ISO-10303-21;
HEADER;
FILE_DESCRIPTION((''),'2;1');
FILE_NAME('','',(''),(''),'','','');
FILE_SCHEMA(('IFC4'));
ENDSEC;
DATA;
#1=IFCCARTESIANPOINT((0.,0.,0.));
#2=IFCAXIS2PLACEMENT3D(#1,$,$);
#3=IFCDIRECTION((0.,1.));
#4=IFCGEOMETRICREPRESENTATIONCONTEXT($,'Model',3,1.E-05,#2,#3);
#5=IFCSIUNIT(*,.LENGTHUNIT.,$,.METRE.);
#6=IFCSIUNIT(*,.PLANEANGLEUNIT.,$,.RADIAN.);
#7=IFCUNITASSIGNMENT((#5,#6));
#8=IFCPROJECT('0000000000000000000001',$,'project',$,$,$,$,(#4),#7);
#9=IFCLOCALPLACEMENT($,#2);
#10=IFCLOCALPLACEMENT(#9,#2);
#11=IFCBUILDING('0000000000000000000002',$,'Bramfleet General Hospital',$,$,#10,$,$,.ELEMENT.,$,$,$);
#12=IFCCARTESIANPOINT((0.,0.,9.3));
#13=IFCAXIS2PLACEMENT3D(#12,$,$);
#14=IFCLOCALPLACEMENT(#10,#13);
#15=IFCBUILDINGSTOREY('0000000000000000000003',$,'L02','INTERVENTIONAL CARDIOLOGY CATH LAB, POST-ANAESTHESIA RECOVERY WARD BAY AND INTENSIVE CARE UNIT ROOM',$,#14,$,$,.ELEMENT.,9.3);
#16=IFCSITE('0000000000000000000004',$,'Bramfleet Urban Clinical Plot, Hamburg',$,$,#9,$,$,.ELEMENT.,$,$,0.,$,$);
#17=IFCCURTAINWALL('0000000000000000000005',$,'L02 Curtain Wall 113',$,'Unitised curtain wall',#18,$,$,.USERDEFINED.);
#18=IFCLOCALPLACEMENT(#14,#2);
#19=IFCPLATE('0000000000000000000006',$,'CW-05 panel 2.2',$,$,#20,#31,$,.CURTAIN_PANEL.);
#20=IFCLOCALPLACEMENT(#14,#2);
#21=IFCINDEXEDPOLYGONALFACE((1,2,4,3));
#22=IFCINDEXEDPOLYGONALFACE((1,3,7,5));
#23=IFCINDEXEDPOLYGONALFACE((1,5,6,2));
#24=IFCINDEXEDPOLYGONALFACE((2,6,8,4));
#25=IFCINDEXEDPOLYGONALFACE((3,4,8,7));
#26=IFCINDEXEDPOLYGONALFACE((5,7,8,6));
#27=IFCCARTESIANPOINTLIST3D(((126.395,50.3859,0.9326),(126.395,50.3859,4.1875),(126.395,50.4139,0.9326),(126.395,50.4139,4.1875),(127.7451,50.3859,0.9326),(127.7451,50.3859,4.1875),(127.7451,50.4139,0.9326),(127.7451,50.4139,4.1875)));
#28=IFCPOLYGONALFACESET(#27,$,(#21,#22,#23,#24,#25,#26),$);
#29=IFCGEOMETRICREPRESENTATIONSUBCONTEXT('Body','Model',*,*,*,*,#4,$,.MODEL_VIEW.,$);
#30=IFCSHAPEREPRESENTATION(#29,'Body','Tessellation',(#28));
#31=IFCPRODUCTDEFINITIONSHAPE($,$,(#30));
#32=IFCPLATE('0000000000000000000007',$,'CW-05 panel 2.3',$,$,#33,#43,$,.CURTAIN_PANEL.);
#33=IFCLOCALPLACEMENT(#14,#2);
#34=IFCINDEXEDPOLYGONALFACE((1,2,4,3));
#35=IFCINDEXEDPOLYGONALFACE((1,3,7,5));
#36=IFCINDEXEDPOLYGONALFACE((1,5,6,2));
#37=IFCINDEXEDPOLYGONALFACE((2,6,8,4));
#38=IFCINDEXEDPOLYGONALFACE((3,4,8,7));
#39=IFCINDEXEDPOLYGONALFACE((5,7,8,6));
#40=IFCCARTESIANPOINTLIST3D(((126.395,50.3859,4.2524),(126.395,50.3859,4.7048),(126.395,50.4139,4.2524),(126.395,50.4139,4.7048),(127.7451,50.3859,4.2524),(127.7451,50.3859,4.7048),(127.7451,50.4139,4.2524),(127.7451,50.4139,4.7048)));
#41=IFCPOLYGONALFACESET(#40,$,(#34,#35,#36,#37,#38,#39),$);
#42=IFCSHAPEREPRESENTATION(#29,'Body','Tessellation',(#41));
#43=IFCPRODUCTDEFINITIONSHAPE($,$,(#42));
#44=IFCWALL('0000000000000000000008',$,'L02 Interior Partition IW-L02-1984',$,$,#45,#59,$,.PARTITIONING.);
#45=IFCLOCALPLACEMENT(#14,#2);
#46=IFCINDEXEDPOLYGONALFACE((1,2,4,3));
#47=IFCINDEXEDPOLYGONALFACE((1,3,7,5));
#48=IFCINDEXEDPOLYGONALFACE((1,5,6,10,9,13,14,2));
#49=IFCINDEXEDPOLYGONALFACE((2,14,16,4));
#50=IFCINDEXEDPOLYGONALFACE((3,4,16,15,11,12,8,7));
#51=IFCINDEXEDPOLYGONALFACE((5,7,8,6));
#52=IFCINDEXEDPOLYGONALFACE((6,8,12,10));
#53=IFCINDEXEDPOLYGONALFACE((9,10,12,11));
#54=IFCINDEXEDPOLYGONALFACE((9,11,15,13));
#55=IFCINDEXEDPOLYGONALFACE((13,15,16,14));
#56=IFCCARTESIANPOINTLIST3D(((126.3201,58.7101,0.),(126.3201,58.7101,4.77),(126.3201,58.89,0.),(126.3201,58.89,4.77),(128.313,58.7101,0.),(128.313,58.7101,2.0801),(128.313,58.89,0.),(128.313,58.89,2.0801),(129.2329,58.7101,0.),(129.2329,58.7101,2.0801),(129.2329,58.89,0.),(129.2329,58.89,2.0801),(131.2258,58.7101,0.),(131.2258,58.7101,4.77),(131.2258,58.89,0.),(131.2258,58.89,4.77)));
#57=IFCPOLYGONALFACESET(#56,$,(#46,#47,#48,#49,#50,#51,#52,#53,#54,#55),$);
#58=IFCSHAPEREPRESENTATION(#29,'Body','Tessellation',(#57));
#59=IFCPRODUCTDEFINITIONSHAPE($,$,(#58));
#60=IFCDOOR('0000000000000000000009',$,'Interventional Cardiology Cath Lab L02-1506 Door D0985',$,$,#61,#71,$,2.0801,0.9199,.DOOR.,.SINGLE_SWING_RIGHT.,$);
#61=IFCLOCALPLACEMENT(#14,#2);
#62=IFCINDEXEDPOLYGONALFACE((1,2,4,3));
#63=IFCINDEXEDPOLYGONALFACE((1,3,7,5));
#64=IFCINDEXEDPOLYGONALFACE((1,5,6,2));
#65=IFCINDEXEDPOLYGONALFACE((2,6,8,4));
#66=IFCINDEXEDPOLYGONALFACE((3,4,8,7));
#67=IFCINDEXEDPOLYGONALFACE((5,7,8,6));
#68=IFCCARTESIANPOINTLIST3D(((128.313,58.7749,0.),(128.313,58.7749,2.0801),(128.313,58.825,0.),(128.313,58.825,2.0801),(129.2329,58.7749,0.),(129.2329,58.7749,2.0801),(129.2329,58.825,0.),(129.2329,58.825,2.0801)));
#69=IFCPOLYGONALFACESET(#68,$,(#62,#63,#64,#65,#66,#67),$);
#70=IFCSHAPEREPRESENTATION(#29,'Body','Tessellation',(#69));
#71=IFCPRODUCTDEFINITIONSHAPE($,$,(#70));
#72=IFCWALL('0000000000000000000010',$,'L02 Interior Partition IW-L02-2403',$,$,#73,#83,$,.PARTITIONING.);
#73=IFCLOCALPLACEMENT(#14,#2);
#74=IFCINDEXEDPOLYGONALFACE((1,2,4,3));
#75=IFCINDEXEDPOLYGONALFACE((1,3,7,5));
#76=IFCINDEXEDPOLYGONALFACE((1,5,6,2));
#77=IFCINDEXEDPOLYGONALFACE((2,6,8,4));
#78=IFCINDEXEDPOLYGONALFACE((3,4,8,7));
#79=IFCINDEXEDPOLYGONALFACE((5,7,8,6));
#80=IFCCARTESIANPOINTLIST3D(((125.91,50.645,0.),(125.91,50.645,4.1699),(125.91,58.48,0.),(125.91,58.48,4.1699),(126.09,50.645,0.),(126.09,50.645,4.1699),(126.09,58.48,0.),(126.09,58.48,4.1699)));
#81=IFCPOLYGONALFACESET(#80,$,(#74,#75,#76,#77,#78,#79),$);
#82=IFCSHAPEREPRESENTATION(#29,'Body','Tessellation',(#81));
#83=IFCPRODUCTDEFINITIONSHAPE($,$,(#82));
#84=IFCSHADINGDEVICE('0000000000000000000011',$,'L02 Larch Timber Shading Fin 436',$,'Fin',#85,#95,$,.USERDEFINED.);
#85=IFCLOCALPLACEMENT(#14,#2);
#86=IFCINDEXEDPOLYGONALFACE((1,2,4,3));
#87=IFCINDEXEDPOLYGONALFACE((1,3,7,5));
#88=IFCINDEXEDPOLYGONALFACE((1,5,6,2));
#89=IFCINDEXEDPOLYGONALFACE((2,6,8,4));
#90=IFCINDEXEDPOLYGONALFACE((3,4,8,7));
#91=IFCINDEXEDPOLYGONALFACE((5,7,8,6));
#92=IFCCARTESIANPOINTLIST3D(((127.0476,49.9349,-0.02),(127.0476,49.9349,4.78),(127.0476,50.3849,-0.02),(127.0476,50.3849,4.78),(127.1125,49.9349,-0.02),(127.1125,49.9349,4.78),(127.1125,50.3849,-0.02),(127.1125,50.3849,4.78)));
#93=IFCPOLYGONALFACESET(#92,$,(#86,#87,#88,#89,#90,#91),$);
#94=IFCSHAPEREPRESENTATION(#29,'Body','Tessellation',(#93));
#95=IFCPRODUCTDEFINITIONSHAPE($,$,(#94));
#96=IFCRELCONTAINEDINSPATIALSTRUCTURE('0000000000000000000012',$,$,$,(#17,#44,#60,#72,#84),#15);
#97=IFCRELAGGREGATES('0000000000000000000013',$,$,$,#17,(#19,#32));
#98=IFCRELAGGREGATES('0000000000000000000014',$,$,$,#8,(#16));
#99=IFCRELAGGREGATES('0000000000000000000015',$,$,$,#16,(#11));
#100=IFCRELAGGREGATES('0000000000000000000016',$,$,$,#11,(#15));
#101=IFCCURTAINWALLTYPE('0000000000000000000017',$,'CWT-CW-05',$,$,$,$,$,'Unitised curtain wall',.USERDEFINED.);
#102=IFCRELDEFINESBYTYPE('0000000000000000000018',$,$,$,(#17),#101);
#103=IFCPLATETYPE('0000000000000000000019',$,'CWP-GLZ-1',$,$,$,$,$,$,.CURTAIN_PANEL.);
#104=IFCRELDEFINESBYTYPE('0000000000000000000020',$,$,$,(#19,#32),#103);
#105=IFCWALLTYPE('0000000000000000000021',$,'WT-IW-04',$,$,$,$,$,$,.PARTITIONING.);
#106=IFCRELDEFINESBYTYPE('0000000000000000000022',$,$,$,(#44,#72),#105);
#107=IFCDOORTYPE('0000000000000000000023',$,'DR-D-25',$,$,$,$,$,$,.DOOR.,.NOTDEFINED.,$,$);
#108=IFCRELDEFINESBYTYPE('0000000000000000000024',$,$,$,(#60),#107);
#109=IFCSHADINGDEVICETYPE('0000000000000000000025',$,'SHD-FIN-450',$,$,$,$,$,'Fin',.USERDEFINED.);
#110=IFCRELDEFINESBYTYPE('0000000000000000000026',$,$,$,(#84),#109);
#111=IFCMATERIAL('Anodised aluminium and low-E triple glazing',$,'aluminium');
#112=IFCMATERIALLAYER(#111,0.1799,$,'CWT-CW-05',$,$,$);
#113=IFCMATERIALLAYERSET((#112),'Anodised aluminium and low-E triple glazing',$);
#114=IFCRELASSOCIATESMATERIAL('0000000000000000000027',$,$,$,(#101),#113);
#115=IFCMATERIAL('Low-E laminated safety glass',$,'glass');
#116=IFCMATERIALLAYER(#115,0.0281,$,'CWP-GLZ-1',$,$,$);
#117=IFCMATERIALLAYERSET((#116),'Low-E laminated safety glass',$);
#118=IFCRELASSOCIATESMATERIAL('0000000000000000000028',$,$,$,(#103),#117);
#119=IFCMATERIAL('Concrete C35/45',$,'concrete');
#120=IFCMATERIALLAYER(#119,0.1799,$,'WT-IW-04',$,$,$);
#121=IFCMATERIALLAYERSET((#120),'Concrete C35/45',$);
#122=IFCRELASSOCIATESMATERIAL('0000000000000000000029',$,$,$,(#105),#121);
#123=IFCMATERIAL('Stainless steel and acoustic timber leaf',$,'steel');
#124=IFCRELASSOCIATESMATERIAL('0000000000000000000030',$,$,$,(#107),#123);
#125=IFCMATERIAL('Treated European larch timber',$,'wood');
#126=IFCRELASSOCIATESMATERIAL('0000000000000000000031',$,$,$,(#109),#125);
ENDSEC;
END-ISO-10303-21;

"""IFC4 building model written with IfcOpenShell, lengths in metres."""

from ifc_helpers import new_model, si_unit, direction, frame, frame_2d, origin, origin_2d, place, context, subcontext, project, spatial, rectangle, extrude, material, layer, layer_set, material_profile, profile_set, type_object, element, fill, aggregate, save


model = new_model("IFC4")

# Units and contexts
model_context = context("Model", 3, precision=1e-05, world=origin(), true_north=direction((0.0, 1.0)))
body_context = subcontext(model_context, "Body", "Model", "MODEL_VIEW")
ifc_project = project(units=[si_unit("LENGTHUNIT", "METRE"), si_unit("PLANEANGLEUNIT", "RADIAN")], contexts=[model_context])

# Site, building, storey
site_placement = place(None, origin())
site = spatial("IfcSite", under=ifc_project, at=site_placement, Name="Bramfleet Urban Clinical Plot, Hamburg", CompositionType="ELEMENT", RefElevation=0.0)
building_placement = place(site_placement, origin())
building = spatial("IfcBuilding", under=site, at=building_placement, Name="Bramfleet General Hospital", CompositionType="ELEMENT")
storey_placement = place(building_placement, frame((0.0, 0.0, 9.3)))
storey = spatial("IfcBuildingStorey", under=building, at=storey_placement, Name="L02", Description="INTERVENTIONAL CARDIOLOGY CATH LAB, POST-ANAESTHESIA RECOVERY WARD BAY AND INTENSIVE CARE UNIT ROOM", CompositionType="ELEMENT", Elevation=9.3)

# Shared definitions
ifc_material_1 = material(Name="Concrete C35/45", Category="concrete")

# Curtain wall
ifc_material_2 = material(Name="Anodised aluminium and low-E triple glazing", Category="aluminium")
ifc_layer_1 = layer(ifc_material_2, 0.1799, Name="CWT-CW-05")
ifc_layer_set_1 = layer_set([ifc_layer_1], Name="Anodised aluminium and low-E triple glazing")
curtain_wall_type_1 = type_object("IfcCurtainWallType", Name="CWT-CW-05", ElementType="Unitised curtain wall", PredefinedType="USERDEFINED", material=ifc_layer_set_1)
curtain_wall_1_placement = place(storey_placement, origin())
curtain_wall_1 = element("IfcCurtainWall", 1, at=curtain_wall_1_placement, inside=storey, type_object=curtain_wall_type_1, Name="L02 Curtain Wall 113", ObjectType="Unitised curtain wall", PredefinedType="USERDEFINED")

# Plates
ifc_material_3 = material(Name="Low-E laminated safety glass", Category="glass")
ifc_layer_2 = layer(ifc_material_3, 0.0281, Name="CWP-GLZ-1")
ifc_layer_set_2 = layer_set([ifc_layer_2], Name="Low-E laminated safety glass")
plate_type = type_object("IfcPlateType", Name="CWP-GLZ-1", PredefinedType="CURTAIN_PANEL", material=ifc_layer_set_2)
plate_1_placement = place(storey_placement, frame((127.0701, 50.3999, 0.9326), z_axis=(0.0, 0.0, 1.0), x_axis=(-1.0, 0.0, 0.0)))
plate_1 = element("IfcPlate", 2, at=plate_1_placement, type_object=plate_type, Name="CW-05 panel 2.2", PredefinedType="CURTAIN_PANEL", context=body_context, shape_type="SweptSolid", body=[
    extrude(rectangle(XDim=1.3501, YDim=0.0281, at=origin_2d()), origin(), (0.0, 0.0, 1.0), 3.2549),
])
plate_2_placement = place(storey_placement, frame((127.0701, 50.3999, 4.2524), z_axis=(0.0, 0.0, 1.0), x_axis=(-1.0, 0.0, 0.0)))
plate_2 = element("IfcPlate", 3, at=plate_2_placement, type_object=plate_type, Name="CW-05 panel 2.3", PredefinedType="CURTAIN_PANEL", context=body_context, shape_type="SweptSolid", body=[
    extrude(rectangle(XDim=1.3501, YDim=0.0281, at=origin_2d()), origin(), (0.0, 0.0, 1.0), 0.4524),
])
aggregate(curtain_wall_1, [plate_1, plate_2])

# Wall, opening, door
ifc_layer_3 = layer(ifc_material_1, 0.1799, Name="WT-IW-04")
ifc_layer_set_3 = layer_set([ifc_layer_3], Name="Concrete C35/45")
wall_type = type_object("IfcWallType", Name="WT-IW-04", PredefinedType="PARTITIONING", material=ifc_layer_set_3)
wall_1_placement = place(storey_placement, frame((126.3201, 58.8, 0.0), z_axis=(0.0, 0.0, 1.0), x_axis=(1.0, 0.0, 0.0)))
wall_1 = element("IfcWall", 4, at=wall_1_placement, inside=storey, type_object=wall_type, Name="L02 Interior Partition IW-L02-1984", PredefinedType="PARTITIONING", context=body_context, shape_type="SweptSolid", body=[
    extrude(rectangle(XDim=4.9058, YDim=0.1799, at=frame_2d((2.4529, 0.0))), origin(), (0.0, 0.0, 1.0), 4.77),
])
opening_placement = place(wall_1_placement, frame((1.9929, 0.0, 0.0)))
opening = element("IfcOpeningElement", 5, at=opening_placement, cuts=wall_1, PredefinedType="OPENING", context=body_context, shape_type="SweptSolid", body=[
    extrude(rectangle(XDim=0.9199, YDim=2.0801, at=frame_2d((0.46, 1.04))), frame((0.0, 0.0999, 0.0), z_axis=(0.0, -1.0, 0.0), x_axis=(1.0, 0.0, 0.0)), (0.0, 0.0, 1.0), 0.2),
])
ifc_material_4 = material(Name="Stainless steel and acoustic timber leaf", Category="steel")
door_type = type_object("IfcDoorType", Name="DR-D-25", OperationType="NOTDEFINED", PredefinedType="DOOR", material=ifc_material_4)
door_placement = place(opening_placement, origin())
door = element("IfcDoor", 6, at=door_placement, inside=storey, type_object=door_type, Name="Interventional Cardiology Cath Lab L02-1506 Door D0985", OperationType="SINGLE_SWING_RIGHT", OverallHeight=2.0801, OverallWidth=0.9199, PredefinedType="DOOR", context=body_context, shape_type="SweptSolid", body=[
    extrude(rectangle(XDim=0.9199, YDim=2.0801, at=frame_2d((0.46, 1.04))), frame((0.0, 0.0249, 0.0), z_axis=(0.0, -1.0, 0.0), x_axis=(1.0, 0.0, 0.0)), (0.0, 0.0, 1.0), 0.05),
])
fill(opening, door)

# Wall
wall_2_placement = place(storey_placement, frame((126.0, 50.645, 0.0), z_axis=(0.0, 0.0, 1.0), x_axis=(0.0, 1.0, 0.0)))
element("IfcWall", 7, at=wall_2_placement, inside=storey, type_object=wall_type, Name="L02 Interior Partition IW-L02-2403", PredefinedType="PARTITIONING", context=body_context, shape_type="SweptSolid", body=[
    extrude(rectangle(XDim=7.835, YDim=0.1799, at=frame_2d((3.9175, 0.0))), origin(), (0.0, 0.0, 1.0), 4.1699),
])

# Shading device
ifc_material_5 = material(Name="Treated European larch timber", Category="wood")
ifc_material_profile_1 = material_profile(ifc_material_5, rectangle(XDim=0.0649, YDim=0.45, at=origin_2d()), Name="LARCH FIN 450x65")
ifc_profile_set_1 = profile_set([ifc_material_profile_1], Name="Treated European larch timber")
shading_device_type = type_object("IfcShadingDeviceType", Name="SHD-FIN-450", ElementType="Fin", PredefinedType="USERDEFINED", material=ifc_profile_set_1)
shading_device_placement = place(storey_placement, frame((127.0801, 50.1599, -0.02), z_axis=(0.0, 0.0, 1.0), x_axis=(-1.0, 0.0, 0.0)))
element("IfcShadingDevice", 8, at=shading_device_placement, inside=storey, type_object=shading_device_type, Name="L02 Larch Timber Shading Fin 436", ObjectType="Fin", PredefinedType="USERDEFINED", context=body_context, shape_type="SweptSolid", body=[
    extrude(rectangle(XDim=0.0649, YDim=0.45, at=origin_2d()), origin(), (0.0, 0.0, 1.0), 4.8),
])

save(model, "model.ifc")
